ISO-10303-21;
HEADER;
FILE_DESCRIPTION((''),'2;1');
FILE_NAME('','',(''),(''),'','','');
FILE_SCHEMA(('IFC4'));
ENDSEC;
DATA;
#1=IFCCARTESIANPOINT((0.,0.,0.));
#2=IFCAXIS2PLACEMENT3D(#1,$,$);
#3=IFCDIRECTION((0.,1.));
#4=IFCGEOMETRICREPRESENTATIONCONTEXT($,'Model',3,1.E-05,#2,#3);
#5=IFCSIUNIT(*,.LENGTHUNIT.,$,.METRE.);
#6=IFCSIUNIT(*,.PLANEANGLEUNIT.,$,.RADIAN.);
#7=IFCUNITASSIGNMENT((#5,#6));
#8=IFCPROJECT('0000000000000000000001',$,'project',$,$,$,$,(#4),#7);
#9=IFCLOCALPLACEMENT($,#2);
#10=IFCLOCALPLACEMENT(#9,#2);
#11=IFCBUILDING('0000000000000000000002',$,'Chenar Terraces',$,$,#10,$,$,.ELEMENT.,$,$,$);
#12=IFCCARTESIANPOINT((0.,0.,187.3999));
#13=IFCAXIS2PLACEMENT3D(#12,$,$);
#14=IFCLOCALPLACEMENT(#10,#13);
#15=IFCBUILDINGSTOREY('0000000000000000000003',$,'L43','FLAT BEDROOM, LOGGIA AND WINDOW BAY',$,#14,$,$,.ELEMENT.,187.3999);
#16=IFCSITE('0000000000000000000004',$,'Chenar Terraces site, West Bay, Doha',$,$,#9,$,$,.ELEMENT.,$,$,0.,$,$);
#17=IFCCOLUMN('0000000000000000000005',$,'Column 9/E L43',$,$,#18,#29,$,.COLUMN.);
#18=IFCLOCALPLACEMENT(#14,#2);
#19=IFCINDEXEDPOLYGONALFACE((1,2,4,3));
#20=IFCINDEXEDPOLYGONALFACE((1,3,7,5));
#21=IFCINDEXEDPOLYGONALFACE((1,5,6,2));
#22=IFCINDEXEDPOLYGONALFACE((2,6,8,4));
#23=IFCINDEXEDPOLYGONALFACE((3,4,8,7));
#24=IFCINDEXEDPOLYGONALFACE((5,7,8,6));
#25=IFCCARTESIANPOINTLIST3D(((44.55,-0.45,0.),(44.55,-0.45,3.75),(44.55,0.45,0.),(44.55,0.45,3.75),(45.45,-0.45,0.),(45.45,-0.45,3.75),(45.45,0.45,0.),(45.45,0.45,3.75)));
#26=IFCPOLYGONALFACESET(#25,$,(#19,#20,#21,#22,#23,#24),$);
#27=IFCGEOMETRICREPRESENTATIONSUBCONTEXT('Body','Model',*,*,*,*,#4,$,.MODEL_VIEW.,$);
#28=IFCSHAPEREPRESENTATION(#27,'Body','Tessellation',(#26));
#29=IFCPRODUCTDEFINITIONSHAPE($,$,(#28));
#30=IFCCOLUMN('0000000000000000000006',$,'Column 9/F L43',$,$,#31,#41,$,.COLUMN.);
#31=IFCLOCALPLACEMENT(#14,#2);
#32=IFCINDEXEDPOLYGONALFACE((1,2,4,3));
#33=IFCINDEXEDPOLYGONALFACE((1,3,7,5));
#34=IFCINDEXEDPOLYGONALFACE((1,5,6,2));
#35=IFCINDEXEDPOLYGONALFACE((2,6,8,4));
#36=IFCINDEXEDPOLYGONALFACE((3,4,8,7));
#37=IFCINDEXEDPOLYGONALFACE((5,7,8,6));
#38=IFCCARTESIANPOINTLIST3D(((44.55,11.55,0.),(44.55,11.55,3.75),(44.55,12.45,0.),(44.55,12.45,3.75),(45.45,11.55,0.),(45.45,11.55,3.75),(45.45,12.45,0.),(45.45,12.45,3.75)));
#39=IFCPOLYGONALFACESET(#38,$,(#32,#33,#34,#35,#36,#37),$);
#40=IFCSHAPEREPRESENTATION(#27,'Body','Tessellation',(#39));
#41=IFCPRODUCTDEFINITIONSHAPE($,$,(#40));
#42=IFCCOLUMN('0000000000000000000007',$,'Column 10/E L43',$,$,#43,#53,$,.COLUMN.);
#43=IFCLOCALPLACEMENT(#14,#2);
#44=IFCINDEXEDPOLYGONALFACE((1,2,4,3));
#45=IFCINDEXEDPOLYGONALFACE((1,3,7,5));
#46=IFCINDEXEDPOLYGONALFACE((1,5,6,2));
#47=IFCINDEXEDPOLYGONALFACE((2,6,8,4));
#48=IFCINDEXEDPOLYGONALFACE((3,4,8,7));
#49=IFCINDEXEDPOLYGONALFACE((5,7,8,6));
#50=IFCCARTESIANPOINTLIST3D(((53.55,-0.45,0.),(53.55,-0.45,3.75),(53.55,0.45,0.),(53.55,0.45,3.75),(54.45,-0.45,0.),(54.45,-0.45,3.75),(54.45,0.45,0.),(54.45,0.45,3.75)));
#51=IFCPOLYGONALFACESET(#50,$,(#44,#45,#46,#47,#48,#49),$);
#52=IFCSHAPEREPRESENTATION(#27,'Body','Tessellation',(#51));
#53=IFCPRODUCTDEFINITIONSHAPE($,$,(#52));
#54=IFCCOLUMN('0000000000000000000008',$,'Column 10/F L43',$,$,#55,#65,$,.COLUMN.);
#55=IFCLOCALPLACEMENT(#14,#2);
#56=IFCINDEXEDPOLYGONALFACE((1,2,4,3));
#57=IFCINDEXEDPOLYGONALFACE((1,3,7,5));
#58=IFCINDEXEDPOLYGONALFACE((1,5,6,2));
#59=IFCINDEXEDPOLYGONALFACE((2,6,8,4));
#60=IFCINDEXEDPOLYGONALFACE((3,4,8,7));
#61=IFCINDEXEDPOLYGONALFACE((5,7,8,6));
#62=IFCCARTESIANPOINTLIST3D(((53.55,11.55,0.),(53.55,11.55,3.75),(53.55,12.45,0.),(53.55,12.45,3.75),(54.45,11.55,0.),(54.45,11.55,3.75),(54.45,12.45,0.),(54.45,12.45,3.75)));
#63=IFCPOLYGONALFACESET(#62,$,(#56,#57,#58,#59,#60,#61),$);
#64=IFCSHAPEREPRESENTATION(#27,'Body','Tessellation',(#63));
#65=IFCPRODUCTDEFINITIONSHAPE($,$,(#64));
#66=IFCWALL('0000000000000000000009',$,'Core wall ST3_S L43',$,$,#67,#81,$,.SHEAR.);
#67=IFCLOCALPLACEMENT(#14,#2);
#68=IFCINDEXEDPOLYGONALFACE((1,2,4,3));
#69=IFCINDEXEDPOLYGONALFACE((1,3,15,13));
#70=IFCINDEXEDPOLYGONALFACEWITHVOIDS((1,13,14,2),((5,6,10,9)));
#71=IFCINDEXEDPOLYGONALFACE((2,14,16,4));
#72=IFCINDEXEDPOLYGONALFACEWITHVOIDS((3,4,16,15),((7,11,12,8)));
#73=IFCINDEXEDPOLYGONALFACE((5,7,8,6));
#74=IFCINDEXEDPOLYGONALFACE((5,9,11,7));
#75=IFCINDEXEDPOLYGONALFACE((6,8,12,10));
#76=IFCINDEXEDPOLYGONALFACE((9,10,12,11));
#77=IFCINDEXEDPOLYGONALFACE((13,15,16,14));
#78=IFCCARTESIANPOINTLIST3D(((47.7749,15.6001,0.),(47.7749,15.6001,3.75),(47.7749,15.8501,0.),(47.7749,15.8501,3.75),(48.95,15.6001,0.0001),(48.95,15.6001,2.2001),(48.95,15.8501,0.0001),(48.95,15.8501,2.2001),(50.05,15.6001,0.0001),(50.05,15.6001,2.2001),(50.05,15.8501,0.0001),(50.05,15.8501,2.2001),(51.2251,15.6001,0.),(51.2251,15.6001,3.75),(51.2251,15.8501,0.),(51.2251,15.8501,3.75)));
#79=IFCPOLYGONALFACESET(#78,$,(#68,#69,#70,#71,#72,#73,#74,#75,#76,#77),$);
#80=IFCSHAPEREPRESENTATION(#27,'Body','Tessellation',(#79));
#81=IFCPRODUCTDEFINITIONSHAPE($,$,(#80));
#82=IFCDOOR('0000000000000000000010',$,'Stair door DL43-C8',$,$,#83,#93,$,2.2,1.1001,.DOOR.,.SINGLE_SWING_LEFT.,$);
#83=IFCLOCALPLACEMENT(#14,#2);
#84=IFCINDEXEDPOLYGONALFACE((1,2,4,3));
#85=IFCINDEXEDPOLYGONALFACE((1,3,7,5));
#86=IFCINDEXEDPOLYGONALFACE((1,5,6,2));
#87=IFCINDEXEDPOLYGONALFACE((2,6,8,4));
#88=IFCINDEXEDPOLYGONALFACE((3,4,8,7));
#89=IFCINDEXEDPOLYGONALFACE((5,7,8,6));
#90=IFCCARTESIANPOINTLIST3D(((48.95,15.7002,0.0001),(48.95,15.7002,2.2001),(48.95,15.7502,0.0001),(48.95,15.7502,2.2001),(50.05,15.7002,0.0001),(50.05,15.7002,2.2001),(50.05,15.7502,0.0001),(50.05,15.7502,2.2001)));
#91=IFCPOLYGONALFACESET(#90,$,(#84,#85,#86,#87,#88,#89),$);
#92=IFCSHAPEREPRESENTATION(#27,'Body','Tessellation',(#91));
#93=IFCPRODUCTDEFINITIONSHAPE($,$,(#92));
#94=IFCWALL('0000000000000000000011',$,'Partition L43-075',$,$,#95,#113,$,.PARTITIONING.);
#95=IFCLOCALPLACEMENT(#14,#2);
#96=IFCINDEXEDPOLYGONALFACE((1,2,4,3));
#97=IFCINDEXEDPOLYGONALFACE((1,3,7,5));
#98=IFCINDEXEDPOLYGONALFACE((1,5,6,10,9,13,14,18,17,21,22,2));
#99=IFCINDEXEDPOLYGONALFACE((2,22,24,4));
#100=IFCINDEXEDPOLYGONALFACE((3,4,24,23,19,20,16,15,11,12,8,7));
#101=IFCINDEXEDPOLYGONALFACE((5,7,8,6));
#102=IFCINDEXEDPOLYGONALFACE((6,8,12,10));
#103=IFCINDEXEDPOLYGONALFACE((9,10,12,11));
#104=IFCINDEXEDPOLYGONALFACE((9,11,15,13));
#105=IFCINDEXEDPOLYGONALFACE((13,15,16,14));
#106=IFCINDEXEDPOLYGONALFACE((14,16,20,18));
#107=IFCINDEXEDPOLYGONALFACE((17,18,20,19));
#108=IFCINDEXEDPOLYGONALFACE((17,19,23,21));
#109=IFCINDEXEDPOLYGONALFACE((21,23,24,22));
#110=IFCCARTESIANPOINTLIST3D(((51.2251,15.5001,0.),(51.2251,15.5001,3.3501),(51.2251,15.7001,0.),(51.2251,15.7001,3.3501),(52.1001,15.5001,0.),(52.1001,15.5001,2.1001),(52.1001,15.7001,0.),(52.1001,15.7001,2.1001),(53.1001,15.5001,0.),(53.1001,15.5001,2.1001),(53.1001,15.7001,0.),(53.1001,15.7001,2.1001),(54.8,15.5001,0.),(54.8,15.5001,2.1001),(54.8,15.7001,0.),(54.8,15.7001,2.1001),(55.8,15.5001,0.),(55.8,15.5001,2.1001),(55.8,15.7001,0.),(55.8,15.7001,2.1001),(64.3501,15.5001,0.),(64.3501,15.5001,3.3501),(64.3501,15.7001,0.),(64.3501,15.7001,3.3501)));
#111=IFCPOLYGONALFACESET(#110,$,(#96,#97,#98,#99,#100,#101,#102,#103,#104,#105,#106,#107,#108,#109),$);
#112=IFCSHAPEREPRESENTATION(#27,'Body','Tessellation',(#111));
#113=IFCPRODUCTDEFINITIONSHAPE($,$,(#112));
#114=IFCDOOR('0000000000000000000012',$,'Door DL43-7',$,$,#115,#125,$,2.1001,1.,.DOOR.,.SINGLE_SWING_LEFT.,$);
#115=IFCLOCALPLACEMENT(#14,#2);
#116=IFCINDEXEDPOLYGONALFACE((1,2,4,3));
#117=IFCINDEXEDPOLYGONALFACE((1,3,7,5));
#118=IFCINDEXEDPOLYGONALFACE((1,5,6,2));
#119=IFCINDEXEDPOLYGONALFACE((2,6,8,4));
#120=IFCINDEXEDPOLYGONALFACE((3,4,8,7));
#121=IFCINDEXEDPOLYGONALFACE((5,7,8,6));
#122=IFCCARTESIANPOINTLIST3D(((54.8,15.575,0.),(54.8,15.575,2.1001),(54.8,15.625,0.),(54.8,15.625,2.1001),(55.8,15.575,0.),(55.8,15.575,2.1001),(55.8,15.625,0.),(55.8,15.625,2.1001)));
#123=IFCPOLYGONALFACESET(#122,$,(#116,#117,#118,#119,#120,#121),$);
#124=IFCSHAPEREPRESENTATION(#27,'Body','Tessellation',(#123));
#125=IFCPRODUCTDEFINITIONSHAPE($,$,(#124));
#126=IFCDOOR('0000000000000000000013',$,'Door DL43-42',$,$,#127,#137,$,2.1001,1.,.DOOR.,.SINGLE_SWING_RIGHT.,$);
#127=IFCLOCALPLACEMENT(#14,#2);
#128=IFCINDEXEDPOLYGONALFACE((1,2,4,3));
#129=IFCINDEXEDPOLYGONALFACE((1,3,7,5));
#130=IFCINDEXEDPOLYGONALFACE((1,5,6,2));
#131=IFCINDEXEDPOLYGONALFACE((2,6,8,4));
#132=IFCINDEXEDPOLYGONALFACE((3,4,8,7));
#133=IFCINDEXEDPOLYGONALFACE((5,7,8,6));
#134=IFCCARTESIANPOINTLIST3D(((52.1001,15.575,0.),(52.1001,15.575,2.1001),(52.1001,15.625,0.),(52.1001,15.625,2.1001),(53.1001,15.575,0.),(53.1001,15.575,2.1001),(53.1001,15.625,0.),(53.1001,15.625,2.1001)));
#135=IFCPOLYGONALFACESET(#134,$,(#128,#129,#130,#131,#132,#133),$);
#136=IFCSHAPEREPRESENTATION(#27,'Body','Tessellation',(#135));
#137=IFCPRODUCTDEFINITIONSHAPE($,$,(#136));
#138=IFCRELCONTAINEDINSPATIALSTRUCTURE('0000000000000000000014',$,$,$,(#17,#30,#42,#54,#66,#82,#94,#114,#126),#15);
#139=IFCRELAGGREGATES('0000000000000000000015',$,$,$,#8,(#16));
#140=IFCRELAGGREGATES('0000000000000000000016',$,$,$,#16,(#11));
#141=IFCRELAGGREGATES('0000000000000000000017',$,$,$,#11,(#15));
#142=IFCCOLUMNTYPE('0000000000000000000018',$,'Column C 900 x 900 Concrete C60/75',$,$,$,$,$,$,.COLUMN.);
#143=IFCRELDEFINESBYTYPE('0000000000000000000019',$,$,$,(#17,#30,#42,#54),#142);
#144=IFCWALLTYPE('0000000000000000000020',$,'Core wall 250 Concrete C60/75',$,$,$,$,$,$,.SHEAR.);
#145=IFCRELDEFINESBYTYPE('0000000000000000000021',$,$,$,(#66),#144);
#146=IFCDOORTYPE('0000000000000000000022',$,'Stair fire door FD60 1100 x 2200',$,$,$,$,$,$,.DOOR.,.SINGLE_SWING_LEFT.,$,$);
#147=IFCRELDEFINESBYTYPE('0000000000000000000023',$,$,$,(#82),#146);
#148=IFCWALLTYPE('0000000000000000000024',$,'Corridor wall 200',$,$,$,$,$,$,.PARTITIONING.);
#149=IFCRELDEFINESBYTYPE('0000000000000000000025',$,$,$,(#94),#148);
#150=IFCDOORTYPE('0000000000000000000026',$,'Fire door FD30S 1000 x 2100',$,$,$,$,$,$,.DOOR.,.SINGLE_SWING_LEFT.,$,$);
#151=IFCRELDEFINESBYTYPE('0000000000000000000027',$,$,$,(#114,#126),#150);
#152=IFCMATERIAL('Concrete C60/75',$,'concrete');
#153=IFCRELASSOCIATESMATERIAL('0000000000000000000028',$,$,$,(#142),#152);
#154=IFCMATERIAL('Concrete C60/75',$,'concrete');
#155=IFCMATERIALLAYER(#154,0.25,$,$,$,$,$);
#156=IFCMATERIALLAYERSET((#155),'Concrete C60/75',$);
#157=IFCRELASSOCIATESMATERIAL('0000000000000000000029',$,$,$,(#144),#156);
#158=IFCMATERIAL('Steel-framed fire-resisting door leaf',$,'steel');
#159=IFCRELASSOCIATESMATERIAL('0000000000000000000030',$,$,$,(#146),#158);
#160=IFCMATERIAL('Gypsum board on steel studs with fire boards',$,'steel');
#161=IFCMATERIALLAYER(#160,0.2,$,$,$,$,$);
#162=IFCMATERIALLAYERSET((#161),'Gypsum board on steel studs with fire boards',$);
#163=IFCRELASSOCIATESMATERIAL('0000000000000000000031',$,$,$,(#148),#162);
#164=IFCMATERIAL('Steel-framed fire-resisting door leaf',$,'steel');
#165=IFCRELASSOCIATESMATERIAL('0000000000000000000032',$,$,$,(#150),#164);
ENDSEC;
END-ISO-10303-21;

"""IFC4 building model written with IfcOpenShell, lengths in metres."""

from ifc_helpers import new_model, si_unit, direction, frame, frame_2d, origin, origin_2d, place, context, subcontext, project, spatial, rectangle, extrude, material, layer, layer_set, material_profile, profile_set, type_object, element, fill, save


model = new_model("IFC4")

# Units and contexts
model_context = context("Model", 3, precision=1e-05, world=origin(), true_north=direction((0.0, 1.0)))
body_context = subcontext(model_context, "Body", "Model", "MODEL_VIEW")
ifc_project = project(units=[si_unit("LENGTHUNIT", "METRE"), si_unit("PLANEANGLEUNIT", "RADIAN")], contexts=[model_context])

# Site, building, storey
site_placement = place(None, origin())
site = spatial("IfcSite", under=ifc_project, at=site_placement, Name="Chenar Terraces site, West Bay, Doha", CompositionType="ELEMENT", RefElevation=0.0)
building_placement = place(site_placement, origin())
building = spatial("IfcBuilding", under=site, at=building_placement, Name="Chenar Terraces", CompositionType="ELEMENT")
storey_placement = place(building_placement, frame((0.0, 0.0, 187.3999)))
storey = spatial("IfcBuildingStorey", under=building, at=storey_placement, Name="L43", Description="FLAT BEDROOM, LOGGIA AND WINDOW BAY", CompositionType="ELEMENT", Elevation=187.3999)

# Columns
ifc_material_1 = material(Name="Concrete C60/75", Category="concrete")
ifc_material_profile_1 = material_profile(ifc_material_1, rectangle(XDim=0.8999, YDim=0.8999, at=origin_2d()), Name="C 900 x 900")
ifc_profile_set_1 = profile_set([ifc_material_profile_1], Name="Concrete C60/75")
column_type = type_object("IfcColumnType", Name="Column C 900 x 900 Concrete C60/75", PredefinedType="COLUMN", material=ifc_profile_set_1)
for number, where, z_axis, x_axis, name in (
    (1, (45.0, 0.0, 0.0), (0.0, 0.0, 1.0), (1.0, 0.0, 0.0), "Column 9/E L43"),
    (2, (45.0, 12.0, 0.0), (0.0, 0.0, 1.0), (1.0, 0.0, 0.0), "Column 9/F L43"),
    (3, (54.0, 0.0, 0.0), (0.0, 0.0, 1.0), (1.0, 0.0, 0.0), "Column 10/E L43"),
    (4, (54.0, 12.0, 0.0), (0.0, 0.0, 1.0), (1.0, 0.0, 0.0), "Column 10/F L43"),
):
    element("IfcColumn", number, at=place(storey_placement, frame(where, z_axis=z_axis, x_axis=x_axis)), inside=storey, type_object=column_type, Name=name, PredefinedType="COLUMN", context=body_context, shape_type="SweptSolid", body=[
        extrude(rectangle(XDim=0.8999, YDim=0.8999, at=origin_2d()), origin(), (0.0, 0.0, 1.0), 3.75),
    ])

# Wall, opening, door
ifc_material_2 = material(Name="Concrete C60/75", Category="concrete")
ifc_layer_1 = layer(ifc_material_2, 0.25)
ifc_layer_set_1 = layer_set([ifc_layer_1], Name="Concrete C60/75")
wall_type_1 = type_object("IfcWallType", Name="Core wall 250 Concrete C60/75", PredefinedType="SHEAR", material=ifc_layer_set_1)
wall_1_placement = place(storey_placement, frame((47.7749, 15.7251, 0.0), z_axis=(0.0, 0.0, 1.0), x_axis=(1.0, 0.0, 0.0)))
wall_1 = element("IfcWall", 5, at=wall_1_placement, inside=storey, type_object=wall_type_1, Name="Core wall ST3_S L43", PredefinedType="SHEAR", context=body_context, shape_type="SweptSolid", body=[
    extrude(rectangle(XDim=3.4502, YDim=0.25, at=frame_2d((1.7251, 0.0))), origin(), (0.0, 0.0, 1.0), 3.75),
])
opening_1_placement = place(wall_1_placement, frame((1.175, 0.0, 0.0)))
opening_1 = element("IfcOpeningElement", 6, at=opening_1_placement, cuts=wall_1, PredefinedType="OPENING", context=body_context, shape_type="SweptSolid", body=[
    extrude(rectangle(XDim=1.1001, YDim=2.2, at=frame_2d((0.55, 1.1001))), frame((0.0, 0.135, 0.0), z_axis=(0.0, -1.0, 0.0), x_axis=(1.0, 0.0, 0.0)), (0.0, 0.0, 1.0), 0.27),
])
ifc_material_3 = material(Name="Steel-framed fire-resisting door leaf", Category="steel")
door_type_1 = type_object("IfcDoorType", Name="Stair fire door FD60 1100 x 2200", OperationType="SINGLE_SWING_LEFT", PredefinedType="DOOR", material=ifc_material_3)
door_1_placement = place(opening_1_placement, frame((1.1001, 0.0, 0.0), z_axis=(0.0, 0.0, 1.0), x_axis=(-1.0, 0.0, 0.0)))
door_1 = element("IfcDoor", 7, at=door_1_placement, inside=storey, type_object=door_type_1, Name="Stair door DL43-C8", OperationType="SINGLE_SWING_LEFT", OverallHeight=2.2, OverallWidth=1.1001, PredefinedType="DOOR", context=body_context, shape_type="SweptSolid", body=[
    extrude(rectangle(XDim=1.1001, YDim=2.2, at=frame_2d((0.55, 1.1001))), frame((0.0, 0.0249, 0.0), z_axis=(0.0, -1.0, 0.0), x_axis=(1.0, 0.0, 0.0)), (0.0, 0.0, 1.0), 0.05),
])
fill(opening_1, door_1)

# Wall, openings, doors
ifc_material_4 = material(Name="Gypsum board on steel studs with fire boards", Category="steel")
ifc_layer_2 = layer(ifc_material_4, 0.2)
ifc_layer_set_2 = layer_set([ifc_layer_2], Name="Gypsum board on steel studs with fire boards")
wall_type_2 = type_object("IfcWallType", Name="Corridor wall 200", PredefinedType="PARTITIONING", material=ifc_layer_set_2)
wall_2_placement = place(storey_placement, frame((51.2251, 15.6001, 0.0), z_axis=(0.0, 0.0, 1.0), x_axis=(1.0, 0.0, 0.0)))
wall_2 = element("IfcWall", 8, at=wall_2_placement, inside=storey, type_object=wall_type_2, Name="Partition L43-075", PredefinedType="PARTITIONING", context=body_context, shape_type="SweptSolid", body=[
    extrude(rectangle(XDim=13.125, YDim=0.2, at=frame_2d((6.5625, 0.0))), origin(), (0.0, 0.0, 1.0), 3.3501),
])
opening_2_placement = place(wall_2_placement, frame((3.575, 0.0, 0.0)))
opening_2 = element("IfcOpeningElement", 9, at=opening_2_placement, cuts=wall_2, PredefinedType="OPENING", context=body_context, shape_type="SweptSolid", body=[
    extrude(rectangle(XDim=1.0, YDim=2.1001, at=frame_2d((0.5, 1.05))), frame((0.0, 0.1099, 0.0), z_axis=(0.0, -1.0, 0.0), x_axis=(1.0, 0.0, 0.0)), (0.0, 0.0, 1.0), 0.22),
])
opening_3_placement = place(wall_2_placement, frame((0.875, 0.0, 0.0)))
opening_3 = element("IfcOpeningElement", 10, at=opening_3_placement, cuts=wall_2, PredefinedType="OPENING", context=body_context, shape_type="SweptSolid", body=[
    extrude(rectangle(XDim=1.0, YDim=2.1001, at=frame_2d((0.5, 1.05))), frame((0.0, 0.1099, 0.0), z_axis=(0.0, -1.0, 0.0), x_axis=(1.0, 0.0, 0.0)), (0.0, 0.0, 1.0), 0.22),
])
ifc_material_5 = material(Name="Steel-framed fire-resisting door leaf", Category="steel")
door_type_2 = type_object("IfcDoorType", Name="Fire door FD30S 1000 x 2100", OperationType="SINGLE_SWING_LEFT", PredefinedType="DOOR", material=ifc_material_5)
door_2_placement = place(opening_2_placement, origin())
door_2 = element("IfcDoor", 11, at=door_2_placement, inside=storey, type_object=door_type_2, Name="Door DL43-7", OperationType="SINGLE_SWING_LEFT", OverallHeight=2.1001, OverallWidth=1.0, PredefinedType="DOOR", context=body_context, shape_type="SweptSolid", body=[
    extrude(rectangle(XDim=1.0, YDim=2.1001, at=frame_2d((0.5, 1.05))), frame((0.0, 0.0249, 0.0), z_axis=(0.0, -1.0, 0.0), x_axis=(1.0, 0.0, 0.0)), (0.0, 0.0, 1.0), 0.05),
])
fill(opening_2, door_2)
door_3_placement = place(opening_3_placement, origin())
door_3 = element("IfcDoor", 12, at=door_3_placement, inside=storey, type_object=door_type_2, Name="Door DL43-42", OperationType="SINGLE_SWING_RIGHT", OverallHeight=2.1001, OverallWidth=1.0, PredefinedType="DOOR", context=body_context, shape_type="SweptSolid", body=[
    extrude(rectangle(XDim=1.0, YDim=2.1001, at=frame_2d((0.5, 1.05))), frame((0.0, 0.0249, 0.0), z_axis=(0.0, -1.0, 0.0), x_axis=(1.0, 0.0, 0.0)), (0.0, 0.0, 1.0), 0.05),
])
fill(opening_3, door_3)

save(model, "model.ifc")
